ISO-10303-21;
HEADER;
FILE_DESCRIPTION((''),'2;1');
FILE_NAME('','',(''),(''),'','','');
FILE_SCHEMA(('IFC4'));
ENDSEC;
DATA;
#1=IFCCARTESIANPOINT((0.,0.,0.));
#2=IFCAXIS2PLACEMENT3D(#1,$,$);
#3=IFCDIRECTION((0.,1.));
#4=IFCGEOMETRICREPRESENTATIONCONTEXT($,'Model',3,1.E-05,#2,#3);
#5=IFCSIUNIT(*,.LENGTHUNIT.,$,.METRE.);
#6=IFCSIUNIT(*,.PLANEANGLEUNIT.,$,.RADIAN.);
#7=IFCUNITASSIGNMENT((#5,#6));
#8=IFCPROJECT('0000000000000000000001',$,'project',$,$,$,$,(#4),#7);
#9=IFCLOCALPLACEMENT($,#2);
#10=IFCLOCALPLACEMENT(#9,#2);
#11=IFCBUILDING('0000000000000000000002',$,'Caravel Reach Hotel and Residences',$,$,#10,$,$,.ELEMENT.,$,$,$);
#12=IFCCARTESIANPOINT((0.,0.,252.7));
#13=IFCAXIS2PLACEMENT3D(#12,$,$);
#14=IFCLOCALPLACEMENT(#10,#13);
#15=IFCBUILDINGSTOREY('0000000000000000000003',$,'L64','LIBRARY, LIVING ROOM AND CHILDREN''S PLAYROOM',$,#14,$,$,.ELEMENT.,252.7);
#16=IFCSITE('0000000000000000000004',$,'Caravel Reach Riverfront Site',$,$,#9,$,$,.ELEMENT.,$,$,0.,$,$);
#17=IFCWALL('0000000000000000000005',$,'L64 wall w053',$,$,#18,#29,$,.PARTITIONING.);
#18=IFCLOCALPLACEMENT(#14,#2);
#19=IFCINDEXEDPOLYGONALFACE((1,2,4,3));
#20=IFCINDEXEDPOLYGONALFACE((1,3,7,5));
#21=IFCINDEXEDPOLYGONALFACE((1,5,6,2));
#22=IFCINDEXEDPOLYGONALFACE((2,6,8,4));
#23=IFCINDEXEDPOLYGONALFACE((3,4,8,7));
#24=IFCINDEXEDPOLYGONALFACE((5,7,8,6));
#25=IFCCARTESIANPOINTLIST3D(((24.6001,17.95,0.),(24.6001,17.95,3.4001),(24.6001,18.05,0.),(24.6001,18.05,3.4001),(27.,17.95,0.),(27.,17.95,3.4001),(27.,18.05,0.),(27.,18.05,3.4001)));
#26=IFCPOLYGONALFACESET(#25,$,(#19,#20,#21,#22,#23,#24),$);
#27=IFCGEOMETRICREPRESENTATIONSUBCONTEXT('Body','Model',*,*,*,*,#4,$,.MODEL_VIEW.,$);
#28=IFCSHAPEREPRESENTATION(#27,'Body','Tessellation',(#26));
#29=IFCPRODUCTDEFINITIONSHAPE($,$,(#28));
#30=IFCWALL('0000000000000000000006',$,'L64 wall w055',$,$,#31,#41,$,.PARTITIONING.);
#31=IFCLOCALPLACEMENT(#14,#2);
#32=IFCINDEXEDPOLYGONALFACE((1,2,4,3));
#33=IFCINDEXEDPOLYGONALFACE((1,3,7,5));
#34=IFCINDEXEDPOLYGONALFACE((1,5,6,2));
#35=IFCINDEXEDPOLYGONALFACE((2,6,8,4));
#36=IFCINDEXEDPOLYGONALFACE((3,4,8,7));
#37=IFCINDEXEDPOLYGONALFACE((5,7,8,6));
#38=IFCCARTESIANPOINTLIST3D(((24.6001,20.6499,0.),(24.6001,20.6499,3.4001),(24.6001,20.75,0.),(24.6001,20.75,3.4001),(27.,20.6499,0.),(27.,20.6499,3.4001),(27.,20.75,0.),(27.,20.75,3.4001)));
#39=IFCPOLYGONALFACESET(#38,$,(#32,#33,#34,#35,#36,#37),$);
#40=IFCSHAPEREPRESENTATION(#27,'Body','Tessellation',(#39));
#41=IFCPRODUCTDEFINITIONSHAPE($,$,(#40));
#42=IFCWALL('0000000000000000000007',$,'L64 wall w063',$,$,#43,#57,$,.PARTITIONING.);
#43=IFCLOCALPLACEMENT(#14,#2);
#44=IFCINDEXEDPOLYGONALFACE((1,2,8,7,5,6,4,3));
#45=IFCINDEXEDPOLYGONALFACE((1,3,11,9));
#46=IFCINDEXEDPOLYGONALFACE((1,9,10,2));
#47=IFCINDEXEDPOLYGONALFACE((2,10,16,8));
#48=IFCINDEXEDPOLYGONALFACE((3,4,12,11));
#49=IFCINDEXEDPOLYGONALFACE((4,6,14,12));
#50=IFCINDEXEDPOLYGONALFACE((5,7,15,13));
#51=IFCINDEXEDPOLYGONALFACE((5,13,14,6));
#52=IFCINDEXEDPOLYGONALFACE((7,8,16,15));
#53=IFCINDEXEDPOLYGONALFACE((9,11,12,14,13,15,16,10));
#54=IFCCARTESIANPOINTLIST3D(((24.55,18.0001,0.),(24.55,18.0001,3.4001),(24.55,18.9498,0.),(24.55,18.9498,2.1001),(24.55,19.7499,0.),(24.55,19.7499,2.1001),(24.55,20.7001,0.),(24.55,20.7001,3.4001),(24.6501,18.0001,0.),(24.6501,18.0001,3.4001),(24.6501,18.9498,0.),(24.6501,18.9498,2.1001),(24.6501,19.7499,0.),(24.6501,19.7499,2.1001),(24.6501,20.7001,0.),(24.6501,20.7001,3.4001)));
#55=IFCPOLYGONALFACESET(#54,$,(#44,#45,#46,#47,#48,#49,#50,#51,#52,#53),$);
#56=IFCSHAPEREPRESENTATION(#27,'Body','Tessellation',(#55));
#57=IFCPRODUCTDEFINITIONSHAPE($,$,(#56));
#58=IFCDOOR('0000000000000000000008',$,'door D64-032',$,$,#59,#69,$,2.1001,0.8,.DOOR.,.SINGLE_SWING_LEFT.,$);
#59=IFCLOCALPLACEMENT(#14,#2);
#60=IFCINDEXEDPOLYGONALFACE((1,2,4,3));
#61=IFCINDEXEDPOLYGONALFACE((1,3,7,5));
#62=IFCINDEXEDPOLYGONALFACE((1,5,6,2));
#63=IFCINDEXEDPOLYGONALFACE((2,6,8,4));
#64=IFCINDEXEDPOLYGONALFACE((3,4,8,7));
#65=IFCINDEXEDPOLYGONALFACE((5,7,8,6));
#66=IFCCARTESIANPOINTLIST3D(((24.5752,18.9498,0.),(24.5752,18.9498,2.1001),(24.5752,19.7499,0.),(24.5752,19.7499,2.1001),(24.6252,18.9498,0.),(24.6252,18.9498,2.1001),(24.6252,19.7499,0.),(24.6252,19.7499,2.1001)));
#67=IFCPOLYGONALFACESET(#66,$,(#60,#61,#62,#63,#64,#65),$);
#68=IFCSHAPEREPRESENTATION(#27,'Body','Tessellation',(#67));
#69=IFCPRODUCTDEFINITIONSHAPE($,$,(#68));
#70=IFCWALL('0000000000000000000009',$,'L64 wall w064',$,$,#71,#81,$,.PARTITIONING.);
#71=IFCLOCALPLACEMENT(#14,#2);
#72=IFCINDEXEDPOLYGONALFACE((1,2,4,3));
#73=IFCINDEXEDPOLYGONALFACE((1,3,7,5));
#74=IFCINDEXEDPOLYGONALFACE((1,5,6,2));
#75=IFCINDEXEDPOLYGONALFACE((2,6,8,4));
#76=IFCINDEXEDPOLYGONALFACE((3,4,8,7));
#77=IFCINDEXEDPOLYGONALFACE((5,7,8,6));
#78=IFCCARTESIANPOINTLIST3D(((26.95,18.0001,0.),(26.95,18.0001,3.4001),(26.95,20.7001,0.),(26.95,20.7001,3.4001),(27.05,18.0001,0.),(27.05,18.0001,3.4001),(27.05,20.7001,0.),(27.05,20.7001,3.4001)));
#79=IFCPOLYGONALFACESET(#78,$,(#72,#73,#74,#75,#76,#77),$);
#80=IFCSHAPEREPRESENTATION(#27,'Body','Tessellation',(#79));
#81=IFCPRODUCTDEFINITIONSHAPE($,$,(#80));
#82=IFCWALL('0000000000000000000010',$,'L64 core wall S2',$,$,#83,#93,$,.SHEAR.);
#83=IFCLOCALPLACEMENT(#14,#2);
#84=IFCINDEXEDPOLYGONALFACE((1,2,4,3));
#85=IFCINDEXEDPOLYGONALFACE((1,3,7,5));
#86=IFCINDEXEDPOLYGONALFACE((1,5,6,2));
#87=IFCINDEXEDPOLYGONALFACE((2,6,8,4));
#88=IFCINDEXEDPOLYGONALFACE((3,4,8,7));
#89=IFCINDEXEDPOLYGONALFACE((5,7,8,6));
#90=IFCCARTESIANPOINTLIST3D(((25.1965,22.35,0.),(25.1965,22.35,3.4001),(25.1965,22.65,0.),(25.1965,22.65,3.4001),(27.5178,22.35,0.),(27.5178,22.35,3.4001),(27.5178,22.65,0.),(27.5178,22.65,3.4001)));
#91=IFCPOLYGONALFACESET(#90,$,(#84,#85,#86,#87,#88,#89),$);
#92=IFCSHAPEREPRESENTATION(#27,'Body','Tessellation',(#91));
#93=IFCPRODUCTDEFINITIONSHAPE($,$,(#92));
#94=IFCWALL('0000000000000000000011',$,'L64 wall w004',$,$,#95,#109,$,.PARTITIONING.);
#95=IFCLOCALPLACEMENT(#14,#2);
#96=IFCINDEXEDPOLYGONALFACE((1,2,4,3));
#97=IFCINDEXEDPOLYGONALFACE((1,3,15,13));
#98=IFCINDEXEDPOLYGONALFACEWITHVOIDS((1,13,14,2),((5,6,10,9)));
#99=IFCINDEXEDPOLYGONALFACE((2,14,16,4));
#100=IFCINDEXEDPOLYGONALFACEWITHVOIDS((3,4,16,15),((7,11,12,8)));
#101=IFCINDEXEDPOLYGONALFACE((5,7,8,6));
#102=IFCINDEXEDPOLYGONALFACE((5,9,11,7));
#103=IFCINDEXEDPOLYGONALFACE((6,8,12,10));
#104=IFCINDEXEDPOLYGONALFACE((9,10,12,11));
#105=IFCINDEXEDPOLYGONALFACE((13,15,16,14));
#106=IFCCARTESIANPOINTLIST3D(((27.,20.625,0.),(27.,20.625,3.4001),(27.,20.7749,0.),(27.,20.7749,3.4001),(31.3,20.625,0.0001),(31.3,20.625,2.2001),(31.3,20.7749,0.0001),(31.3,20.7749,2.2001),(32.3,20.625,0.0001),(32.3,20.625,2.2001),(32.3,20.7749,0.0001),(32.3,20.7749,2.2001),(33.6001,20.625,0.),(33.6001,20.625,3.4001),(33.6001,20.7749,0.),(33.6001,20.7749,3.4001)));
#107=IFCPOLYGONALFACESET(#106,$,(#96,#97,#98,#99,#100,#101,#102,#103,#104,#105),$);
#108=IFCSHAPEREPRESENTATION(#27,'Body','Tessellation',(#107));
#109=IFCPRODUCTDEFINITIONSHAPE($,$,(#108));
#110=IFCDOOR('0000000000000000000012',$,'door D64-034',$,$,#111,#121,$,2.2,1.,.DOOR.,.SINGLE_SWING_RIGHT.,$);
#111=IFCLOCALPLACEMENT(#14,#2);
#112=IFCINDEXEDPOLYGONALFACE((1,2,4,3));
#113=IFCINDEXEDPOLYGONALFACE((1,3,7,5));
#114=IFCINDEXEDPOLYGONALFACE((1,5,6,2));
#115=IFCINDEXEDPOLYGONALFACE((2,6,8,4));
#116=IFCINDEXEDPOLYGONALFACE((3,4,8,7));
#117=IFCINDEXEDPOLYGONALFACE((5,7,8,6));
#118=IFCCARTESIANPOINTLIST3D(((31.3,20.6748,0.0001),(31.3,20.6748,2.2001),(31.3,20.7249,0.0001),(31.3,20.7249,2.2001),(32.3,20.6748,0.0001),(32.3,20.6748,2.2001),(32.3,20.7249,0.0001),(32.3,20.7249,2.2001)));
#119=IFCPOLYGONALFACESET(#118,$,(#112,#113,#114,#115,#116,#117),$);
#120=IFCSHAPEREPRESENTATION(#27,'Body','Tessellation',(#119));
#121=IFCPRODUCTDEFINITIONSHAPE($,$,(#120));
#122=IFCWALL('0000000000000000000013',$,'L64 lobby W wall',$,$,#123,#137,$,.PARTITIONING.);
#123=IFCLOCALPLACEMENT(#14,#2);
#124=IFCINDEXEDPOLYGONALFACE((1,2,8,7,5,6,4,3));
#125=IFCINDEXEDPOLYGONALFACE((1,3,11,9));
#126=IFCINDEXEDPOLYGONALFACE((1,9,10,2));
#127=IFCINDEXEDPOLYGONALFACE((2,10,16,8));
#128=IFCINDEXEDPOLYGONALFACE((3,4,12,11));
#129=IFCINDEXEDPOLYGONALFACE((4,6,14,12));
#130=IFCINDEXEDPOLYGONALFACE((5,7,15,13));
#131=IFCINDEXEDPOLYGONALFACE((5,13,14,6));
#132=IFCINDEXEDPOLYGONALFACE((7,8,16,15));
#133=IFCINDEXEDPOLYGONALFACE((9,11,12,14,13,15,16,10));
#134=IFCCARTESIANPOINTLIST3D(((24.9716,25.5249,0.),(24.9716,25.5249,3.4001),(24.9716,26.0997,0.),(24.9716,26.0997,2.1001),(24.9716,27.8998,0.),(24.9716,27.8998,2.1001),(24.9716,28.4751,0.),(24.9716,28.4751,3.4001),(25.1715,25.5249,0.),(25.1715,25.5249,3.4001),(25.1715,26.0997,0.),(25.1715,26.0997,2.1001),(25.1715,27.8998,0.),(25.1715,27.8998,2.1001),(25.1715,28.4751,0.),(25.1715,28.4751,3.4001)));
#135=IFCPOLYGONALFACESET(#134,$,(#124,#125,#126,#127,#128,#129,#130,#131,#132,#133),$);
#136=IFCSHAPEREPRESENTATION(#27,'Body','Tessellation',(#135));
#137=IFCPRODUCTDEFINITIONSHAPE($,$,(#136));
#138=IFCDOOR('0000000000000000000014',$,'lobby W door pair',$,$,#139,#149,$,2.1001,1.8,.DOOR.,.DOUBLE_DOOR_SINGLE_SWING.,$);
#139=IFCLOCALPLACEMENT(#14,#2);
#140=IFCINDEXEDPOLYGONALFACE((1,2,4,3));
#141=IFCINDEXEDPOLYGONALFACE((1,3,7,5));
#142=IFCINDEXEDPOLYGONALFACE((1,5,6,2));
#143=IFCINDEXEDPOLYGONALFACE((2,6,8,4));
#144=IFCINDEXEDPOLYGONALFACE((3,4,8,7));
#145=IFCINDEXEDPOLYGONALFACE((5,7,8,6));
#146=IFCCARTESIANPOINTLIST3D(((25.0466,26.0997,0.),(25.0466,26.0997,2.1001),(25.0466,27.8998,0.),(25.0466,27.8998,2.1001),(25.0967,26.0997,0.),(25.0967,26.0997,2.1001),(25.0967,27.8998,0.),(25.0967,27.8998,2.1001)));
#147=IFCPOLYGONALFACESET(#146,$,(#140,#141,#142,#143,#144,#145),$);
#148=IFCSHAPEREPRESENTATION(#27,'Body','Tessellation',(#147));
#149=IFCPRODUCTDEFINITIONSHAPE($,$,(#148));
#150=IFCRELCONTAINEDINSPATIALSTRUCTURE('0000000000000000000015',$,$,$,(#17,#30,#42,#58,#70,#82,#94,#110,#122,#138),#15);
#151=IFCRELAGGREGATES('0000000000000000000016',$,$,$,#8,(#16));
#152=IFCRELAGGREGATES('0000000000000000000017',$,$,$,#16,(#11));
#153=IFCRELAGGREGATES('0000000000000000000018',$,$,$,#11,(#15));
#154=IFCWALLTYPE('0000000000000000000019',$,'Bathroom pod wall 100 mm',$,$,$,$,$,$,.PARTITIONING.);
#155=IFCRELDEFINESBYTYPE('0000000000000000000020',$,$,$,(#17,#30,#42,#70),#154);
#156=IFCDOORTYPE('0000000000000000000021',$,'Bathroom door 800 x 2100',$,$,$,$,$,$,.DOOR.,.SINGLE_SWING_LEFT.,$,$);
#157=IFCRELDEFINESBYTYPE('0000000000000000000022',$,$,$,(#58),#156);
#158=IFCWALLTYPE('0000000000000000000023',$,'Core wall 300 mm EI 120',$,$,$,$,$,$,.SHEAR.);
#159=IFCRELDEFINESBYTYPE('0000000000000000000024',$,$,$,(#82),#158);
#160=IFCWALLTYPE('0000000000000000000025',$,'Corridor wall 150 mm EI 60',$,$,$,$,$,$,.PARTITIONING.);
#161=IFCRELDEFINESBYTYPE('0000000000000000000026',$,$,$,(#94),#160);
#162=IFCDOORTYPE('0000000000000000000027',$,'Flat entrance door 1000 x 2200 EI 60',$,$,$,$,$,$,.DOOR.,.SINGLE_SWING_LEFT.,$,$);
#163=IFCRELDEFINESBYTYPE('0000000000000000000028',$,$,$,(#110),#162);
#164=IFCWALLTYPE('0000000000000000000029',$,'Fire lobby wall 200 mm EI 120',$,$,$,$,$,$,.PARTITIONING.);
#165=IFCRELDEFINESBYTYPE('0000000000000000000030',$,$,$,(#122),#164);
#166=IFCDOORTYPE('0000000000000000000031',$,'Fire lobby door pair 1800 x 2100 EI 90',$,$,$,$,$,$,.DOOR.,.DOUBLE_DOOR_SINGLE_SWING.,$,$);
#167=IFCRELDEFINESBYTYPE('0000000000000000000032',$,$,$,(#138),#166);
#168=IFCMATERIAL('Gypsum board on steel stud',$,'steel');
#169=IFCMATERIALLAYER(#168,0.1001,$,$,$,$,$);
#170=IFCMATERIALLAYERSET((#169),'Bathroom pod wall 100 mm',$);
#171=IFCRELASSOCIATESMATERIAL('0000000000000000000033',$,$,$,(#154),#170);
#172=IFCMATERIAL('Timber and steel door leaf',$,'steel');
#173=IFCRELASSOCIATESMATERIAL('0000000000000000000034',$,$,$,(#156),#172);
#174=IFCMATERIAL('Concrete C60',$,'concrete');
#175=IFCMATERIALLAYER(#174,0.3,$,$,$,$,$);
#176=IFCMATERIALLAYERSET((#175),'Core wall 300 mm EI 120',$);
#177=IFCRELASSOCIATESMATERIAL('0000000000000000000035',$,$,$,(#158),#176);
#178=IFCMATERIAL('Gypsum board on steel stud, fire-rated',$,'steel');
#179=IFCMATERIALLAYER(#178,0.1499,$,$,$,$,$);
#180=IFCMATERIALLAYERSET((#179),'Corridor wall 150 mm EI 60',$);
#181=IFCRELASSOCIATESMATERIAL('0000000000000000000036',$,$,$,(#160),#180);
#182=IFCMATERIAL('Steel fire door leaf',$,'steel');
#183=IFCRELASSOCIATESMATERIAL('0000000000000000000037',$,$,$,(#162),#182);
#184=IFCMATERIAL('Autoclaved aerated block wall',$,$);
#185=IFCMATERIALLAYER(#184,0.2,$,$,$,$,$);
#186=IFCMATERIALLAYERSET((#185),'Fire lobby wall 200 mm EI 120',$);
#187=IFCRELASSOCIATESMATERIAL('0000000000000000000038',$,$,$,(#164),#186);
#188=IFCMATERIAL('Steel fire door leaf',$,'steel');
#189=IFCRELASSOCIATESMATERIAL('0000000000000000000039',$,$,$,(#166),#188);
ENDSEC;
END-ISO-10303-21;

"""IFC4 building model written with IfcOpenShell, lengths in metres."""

from ifc_helpers import new_model, si_unit, direction, frame, frame_2d, origin, place, context, subcontext, project, spatial, rectangle, extrude, material, layer, layer_set, type_object, element, fill, save


model = new_model("IFC4")

# Units and contexts
model_context = context("Model", 3, precision=1e-05, world=origin(), true_north=direction((0.0, 1.0)))
body_context = subcontext(model_context, "Body", "Model", "MODEL_VIEW")
ifc_project = project(units=[si_unit("LENGTHUNIT", "METRE"), si_unit("PLANEANGLEUNIT", "RADIAN")], contexts=[model_context])

# Site, building, storey
site_placement = place(None, origin())
site = spatial("IfcSite", under=ifc_project, at=site_placement, Name="Caravel Reach Riverfront Site", CompositionType="ELEMENT", RefElevation=0.0)
building_placement = place(site_placement, origin())
building = spatial("IfcBuilding", under=site, at=building_placement, Name="Caravel Reach Hotel and Residences", CompositionType="ELEMENT")
storey_placement = place(building_placement, frame((0.0, 0.0, 252.7)))
storey = spatial("IfcBuildingStorey", under=building, at=storey_placement, Name="L64", Description="LIBRARY, LIVING ROOM AND CHILDREN'S PLAYROOM", CompositionType="ELEMENT", Elevation=252.7)

# Walls
ifc_material_1 = material(Name="Gypsum board on steel stud", Category="steel")
ifc_layer_1 = layer(ifc_material_1, 0.1001)
ifc_layer_set_1 = layer_set([ifc_layer_1], Name="Bathroom pod wall 100 mm")
wall_type_1 = type_object("IfcWallType", Name="Bathroom pod wall 100 mm", PredefinedType="PARTITIONING", material=ifc_layer_set_1)
for number, where, z_axis, x_axis, name in (
    (1, (24.6001, 18.0, 0.0), (0.0, 0.0, 1.0), (1.0, 0.0, 0.0), "L64 wall w053"),
    (2, (24.6001, 20.7, 0.0), (0.0, 0.0, 1.0), (1.0, 0.0, 0.0), "L64 wall w055"),
):
    element("IfcWall", number, at=place(storey_placement, frame(where, z_axis=z_axis, x_axis=x_axis)), inside=storey, type_object=wall_type_1, Name=name, PredefinedType="PARTITIONING", context=body_context, shape_type="SweptSolid", body=[
        extrude(rectangle(XDim=2.3999, YDim=0.1001, at=frame_2d((1.2, 0.0))), origin(), (0.0, 0.0, 1.0), 3.4001),
    ])

# Wall, opening, door
wall_1_placement = place(storey_placement, frame((24.6001, 18.0, 0.0), z_axis=(0.0, 0.0, 1.0), x_axis=(0.0, 1.0, 0.0)))
wall_1 = element("IfcWall", 3, at=wall_1_placement, inside=storey, type_object=wall_type_1, Name="L64 wall w063", PredefinedType="PARTITIONING", context=body_context, shape_type="SweptSolid", body=[
    extrude(rectangle(XDim=2.7, YDim=0.1001, at=frame_2d((1.3501, 0.0))), origin(), (0.0, 0.0, 1.0), 3.4001),
])
opening_1_placement = place(wall_1_placement, frame((0.95, 0.0, 0.0)))
opening_1 = element("IfcOpeningElement", 4, at=opening_1_placement, cuts=wall_1, PredefinedType="OPENING", context=body_context, shape_type="SweptSolid", body=[
    extrude(rectangle(XDim=0.8, YDim=2.1001, at=frame_2d((0.3999, 1.05))), frame((0.0, 0.0601, 0.0), z_axis=(0.0, -1.0, 0.0), x_axis=(1.0, 0.0, 0.0)), (0.0, 0.0, 1.0), 0.1201),
])
ifc_material_2 = material(Name="Timber and steel door leaf", Category="steel")
door_type_1 = type_object("IfcDoorType", Name="Bathroom door 800 x 2100", OperationType="SINGLE_SWING_LEFT", PredefinedType="DOOR", material=ifc_material_2)
door_1_placement = place(opening_1_placement, origin())
door_1 = element("IfcDoor", 5, at=door_1_placement, inside=storey, type_object=door_type_1, Name="door D64-032", OperationType="SINGLE_SWING_LEFT", OverallHeight=2.1001, OverallWidth=0.8, PredefinedType="DOOR", context=body_context, shape_type="SweptSolid", body=[
    extrude(rectangle(XDim=0.8, YDim=2.1001, at=frame_2d((0.3999, 1.05))), frame((0.0, 0.0249, 0.0), z_axis=(0.0, -1.0, 0.0), x_axis=(1.0, 0.0, 0.0)), (0.0, 0.0, 1.0), 0.05),
])
fill(opening_1, door_1)

# Walls
wall_2_placement = place(storey_placement, frame((27.0, 18.0, 0.0), z_axis=(0.0, 0.0, 1.0), x_axis=(0.0, 1.0, 0.0)))
element("IfcWall", 6, at=wall_2_placement, inside=storey, type_object=wall_type_1, Name="L64 wall w064", PredefinedType="PARTITIONING", context=body_context, shape_type="SweptSolid", body=[
    extrude(rectangle(XDim=2.7, YDim=0.1001, at=frame_2d((1.3501, 0.0))), origin(), (0.0, 0.0, 1.0), 3.4001),
])
ifc_material_3 = material(Name="Concrete C60", Category="concrete")
ifc_layer_2 = layer(ifc_material_3, 0.3)
ifc_layer_set_2 = layer_set([ifc_layer_2], Name="Core wall 300 mm EI 120")
wall_type_2 = type_object("IfcWallType", Name="Core wall 300 mm EI 120", PredefinedType="SHEAR", material=ifc_layer_set_2)
wall_3_placement = place(storey_placement, frame((25.1965, 22.5, 0.0), z_axis=(0.0, 0.0, 1.0), x_axis=(1.0, 0.0, 0.0)))
element("IfcWall", 7, at=wall_3_placement, inside=storey, type_object=wall_type_2, Name="L64 core wall S2", PredefinedType="SHEAR", context=body_context, shape_type="SweptSolid", body=[
    extrude(rectangle(XDim=2.3213, YDim=0.3, at=frame_2d((1.1606, 0.0))), origin(), (0.0, 0.0, 1.0), 3.4001),
])

# Walls, openings, doors
ifc_material_4 = material(Name="Gypsum board on steel stud, fire-rated", Category="steel")
ifc_layer_3 = layer(ifc_material_4, 0.1499)
ifc_layer_set_3 = layer_set([ifc_layer_3], Name="Corridor wall 150 mm EI 60")
wall_type_3 = type_object("IfcWallType", Name="Corridor wall 150 mm EI 60", PredefinedType="PARTITIONING", material=ifc_layer_set_3)
wall_4_placement = place(storey_placement, frame((27.0, 20.7, 0.0), z_axis=(0.0, 0.0, 1.0), x_axis=(1.0, 0.0, 0.0)))
wall_4 = element("IfcWall", 8, at=wall_4_placement, inside=storey, type_object=wall_type_3, Name="L64 wall w004", PredefinedType="PARTITIONING", context=body_context, shape_type="SweptSolid", body=[
    extrude(rectangle(XDim=6.6001, YDim=0.1499, at=frame_2d((3.3, 0.0))), origin(), (0.0, 0.0, 1.0), 3.4001),
])
opening_2_placement = place(wall_4_placement, frame((4.3, 0.0, 0.0)))
opening_2 = element("IfcOpeningElement", 9, at=opening_2_placement, cuts=wall_4, PredefinedType="OPENING", context=body_context, shape_type="SweptSolid", body=[
    extrude(rectangle(XDim=1.0, YDim=2.2, at=frame_2d((0.5, 1.1001))), frame((0.0, 0.085, 0.0), z_axis=(0.0, -1.0, 0.0), x_axis=(1.0, 0.0, 0.0)), (0.0, 0.0, 1.0), 0.1699),
])
ifc_material_5 = material(Name="Steel fire door leaf", Category="steel")
door_type_2 = type_object("IfcDoorType", Name="Flat entrance door 1000 x 2200 EI 60", OperationType="SINGLE_SWING_LEFT", PredefinedType="DOOR", material=ifc_material_5)
door_2_placement = place(opening_2_placement, origin())
door_2 = element("IfcDoor", 10, at=door_2_placement, inside=storey, type_object=door_type_2, Name="door D64-034", OperationType="SINGLE_SWING_RIGHT", OverallHeight=2.2, OverallWidth=1.0, PredefinedType="DOOR", context=body_context, shape_type="SweptSolid", body=[
    extrude(rectangle(XDim=1.0, YDim=2.2, at=frame_2d((0.5, 1.1001))), frame((0.0, 0.0249, 0.0), z_axis=(0.0, -1.0, 0.0), x_axis=(1.0, 0.0, 0.0)), (0.0, 0.0, 1.0), 0.05),
])
fill(opening_2, door_2)
ifc_material_6 = material(Name="Autoclaved aerated block wall")
ifc_layer_4 = layer(ifc_material_6, 0.2)
ifc_layer_set_4 = layer_set([ifc_layer_4], Name="Fire lobby wall 200 mm EI 120")
wall_type_4 = type_object("IfcWallType", Name="Fire lobby wall 200 mm EI 120", PredefinedType="PARTITIONING", material=ifc_layer_set_4)
wall_5_placement = place(storey_placement, frame((25.0715, 25.5249, 0.0), z_axis=(0.0, 0.0, 1.0), x_axis=(0.0, 1.0, 0.0)))
wall_5 = element("IfcWall", 11, at=wall_5_placement, inside=storey, type_object=wall_type_4, Name="L64 lobby W wall", PredefinedType="PARTITIONING", context=body_context, shape_type="SweptSolid", body=[
    extrude(rectangle(XDim=2.9502, YDim=0.2, at=frame_2d((1.4751, 0.0))), origin(), (0.0, 0.0, 1.0), 3.4001),
])
opening_3_placement = place(wall_5_placement, frame((0.575, 0.0, 0.0)))
opening_3 = element("IfcOpeningElement", 12, at=opening_3_placement, cuts=wall_5, PredefinedType="OPENING", context=body_context, shape_type="SweptSolid", body=[
    extrude(rectangle(XDim=1.8, YDim=2.1001, at=frame_2d((0.8999, 1.05))), frame((0.0, 0.1099, 0.0), z_axis=(0.0, -1.0, 0.0), x_axis=(1.0, 0.0, 0.0)), (0.0, 0.0, 1.0), 0.22),
])
ifc_material_7 = material(Name="Steel fire door leaf", Category="steel")
door_type_3 = type_object("IfcDoorType", Name="Fire lobby door pair 1800 x 2100 EI 90", OperationType="DOUBLE_DOOR_SINGLE_SWING", PredefinedType="DOOR", material=ifc_material_7)
door_3_placement = place(opening_3_placement, origin())
door_3 = element("IfcDoor", 13, at=door_3_placement, inside=storey, type_object=door_type_3, Name="lobby W door pair", OperationType="DOUBLE_DOOR_SINGLE_SWING", OverallHeight=2.1001, OverallWidth=1.8, PredefinedType="DOOR", context=body_context, shape_type="SweptSolid", body=[
    extrude(rectangle(XDim=1.8, YDim=2.1001, at=frame_2d((0.8999, 1.05))), frame((0.0, 0.0249, 0.0), z_axis=(0.0, -1.0, 0.0), x_axis=(1.0, 0.0, 0.0)), (0.0, 0.0, 1.0), 0.05),
])
fill(opening_3, door_3)

save(model, "model.ifc")
